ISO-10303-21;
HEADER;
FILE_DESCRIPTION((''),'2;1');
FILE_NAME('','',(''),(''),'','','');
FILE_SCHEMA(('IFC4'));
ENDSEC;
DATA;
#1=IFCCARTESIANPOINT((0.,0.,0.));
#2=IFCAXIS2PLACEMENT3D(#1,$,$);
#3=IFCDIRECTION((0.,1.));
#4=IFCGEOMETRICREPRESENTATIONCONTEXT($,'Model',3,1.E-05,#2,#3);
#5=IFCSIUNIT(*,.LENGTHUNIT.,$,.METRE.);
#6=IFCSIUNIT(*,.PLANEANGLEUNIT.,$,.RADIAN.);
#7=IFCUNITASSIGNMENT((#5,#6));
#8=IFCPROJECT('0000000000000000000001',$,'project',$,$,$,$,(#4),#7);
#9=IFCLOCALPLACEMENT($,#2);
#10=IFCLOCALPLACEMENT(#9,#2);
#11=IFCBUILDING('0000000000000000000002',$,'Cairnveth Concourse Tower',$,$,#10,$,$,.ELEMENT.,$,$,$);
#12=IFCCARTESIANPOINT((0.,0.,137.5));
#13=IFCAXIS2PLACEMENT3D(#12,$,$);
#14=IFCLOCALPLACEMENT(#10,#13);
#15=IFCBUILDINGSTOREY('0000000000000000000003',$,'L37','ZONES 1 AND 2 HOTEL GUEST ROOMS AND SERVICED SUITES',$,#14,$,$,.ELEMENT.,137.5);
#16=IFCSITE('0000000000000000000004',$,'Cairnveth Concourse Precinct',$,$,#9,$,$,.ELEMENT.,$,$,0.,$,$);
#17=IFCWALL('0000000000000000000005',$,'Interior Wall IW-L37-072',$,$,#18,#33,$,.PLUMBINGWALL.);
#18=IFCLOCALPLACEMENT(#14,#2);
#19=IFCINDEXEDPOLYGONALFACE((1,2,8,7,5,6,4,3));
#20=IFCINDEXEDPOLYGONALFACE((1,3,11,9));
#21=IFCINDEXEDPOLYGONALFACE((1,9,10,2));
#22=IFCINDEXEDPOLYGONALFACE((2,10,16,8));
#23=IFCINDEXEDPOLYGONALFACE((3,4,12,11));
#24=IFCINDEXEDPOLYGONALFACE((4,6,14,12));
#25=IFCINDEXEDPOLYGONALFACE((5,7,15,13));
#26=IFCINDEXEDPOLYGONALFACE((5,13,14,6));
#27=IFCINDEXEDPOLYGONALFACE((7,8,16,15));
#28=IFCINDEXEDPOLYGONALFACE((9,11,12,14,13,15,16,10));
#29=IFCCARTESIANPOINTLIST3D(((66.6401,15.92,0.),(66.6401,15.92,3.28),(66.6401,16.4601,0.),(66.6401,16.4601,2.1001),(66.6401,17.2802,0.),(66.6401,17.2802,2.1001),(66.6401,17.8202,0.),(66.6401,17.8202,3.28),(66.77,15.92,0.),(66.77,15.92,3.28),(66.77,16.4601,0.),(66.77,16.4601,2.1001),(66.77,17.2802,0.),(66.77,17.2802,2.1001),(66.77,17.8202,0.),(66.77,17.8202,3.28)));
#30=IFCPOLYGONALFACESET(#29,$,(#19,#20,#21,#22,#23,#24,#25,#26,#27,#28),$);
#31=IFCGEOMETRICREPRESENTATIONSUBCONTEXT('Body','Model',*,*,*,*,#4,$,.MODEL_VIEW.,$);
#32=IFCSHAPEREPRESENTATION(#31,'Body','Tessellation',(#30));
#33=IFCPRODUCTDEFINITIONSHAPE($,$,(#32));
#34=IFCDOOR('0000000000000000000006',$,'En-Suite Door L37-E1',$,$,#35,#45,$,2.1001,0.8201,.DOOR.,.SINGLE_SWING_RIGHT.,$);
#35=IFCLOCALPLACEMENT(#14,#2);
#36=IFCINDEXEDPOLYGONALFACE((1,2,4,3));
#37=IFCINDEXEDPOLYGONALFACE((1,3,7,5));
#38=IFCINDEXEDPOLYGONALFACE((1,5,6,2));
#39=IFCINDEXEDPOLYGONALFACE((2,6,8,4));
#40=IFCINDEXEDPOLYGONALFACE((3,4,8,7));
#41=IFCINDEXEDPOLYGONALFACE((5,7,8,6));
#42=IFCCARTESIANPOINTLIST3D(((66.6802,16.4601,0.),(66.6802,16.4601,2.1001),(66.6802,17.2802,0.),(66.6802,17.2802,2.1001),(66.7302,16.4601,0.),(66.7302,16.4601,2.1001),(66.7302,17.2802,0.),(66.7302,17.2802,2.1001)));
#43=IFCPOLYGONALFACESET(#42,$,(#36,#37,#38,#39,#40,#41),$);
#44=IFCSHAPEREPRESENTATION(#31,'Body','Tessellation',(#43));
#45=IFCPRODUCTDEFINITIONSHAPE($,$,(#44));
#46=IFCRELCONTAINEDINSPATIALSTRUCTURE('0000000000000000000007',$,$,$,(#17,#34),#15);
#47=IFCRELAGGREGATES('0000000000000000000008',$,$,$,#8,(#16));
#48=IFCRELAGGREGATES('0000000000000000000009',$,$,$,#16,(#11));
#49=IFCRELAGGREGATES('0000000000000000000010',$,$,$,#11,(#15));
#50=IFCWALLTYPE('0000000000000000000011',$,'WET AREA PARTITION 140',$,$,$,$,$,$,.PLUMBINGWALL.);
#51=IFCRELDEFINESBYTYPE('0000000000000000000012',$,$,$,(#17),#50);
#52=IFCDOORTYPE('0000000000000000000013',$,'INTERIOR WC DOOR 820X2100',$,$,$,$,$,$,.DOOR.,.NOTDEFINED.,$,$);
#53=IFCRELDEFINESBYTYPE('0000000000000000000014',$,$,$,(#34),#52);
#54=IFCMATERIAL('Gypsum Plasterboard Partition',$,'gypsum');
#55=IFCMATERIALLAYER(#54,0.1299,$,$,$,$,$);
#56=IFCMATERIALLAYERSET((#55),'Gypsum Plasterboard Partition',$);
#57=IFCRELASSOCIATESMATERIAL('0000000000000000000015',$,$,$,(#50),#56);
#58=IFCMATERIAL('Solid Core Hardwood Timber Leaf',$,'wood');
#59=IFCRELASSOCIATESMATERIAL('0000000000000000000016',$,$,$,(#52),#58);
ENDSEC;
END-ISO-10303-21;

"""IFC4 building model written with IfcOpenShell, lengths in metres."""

from ifc_helpers import new_model, si_unit, direction, frame, frame_2d, origin, place, context, subcontext, project, spatial, rectangle, extrude, material, layer, layer_set, type_object, element, fill, save


model = new_model("IFC4")

# Units and contexts
model_context = context("Model", 3, precision=1e-05, world=origin(), true_north=direction((0.0, 1.0)))
body_context = subcontext(model_context, "Body", "Model", "MODEL_VIEW")
ifc_project = project(units=[si_unit("LENGTHUNIT", "METRE"), si_unit("PLANEANGLEUNIT", "RADIAN")], contexts=[model_context])

# Site, building, storey
site_placement = place(None, origin())
site = spatial("IfcSite", under=ifc_project, at=site_placement, Name="Cairnveth Concourse Precinct", CompositionType="ELEMENT", RefElevation=0.0)
building_placement = place(site_placement, origin())
building = spatial("IfcBuilding", under=site, at=building_placement, Name="Cairnveth Concourse Tower", CompositionType="ELEMENT")
storey_placement = place(building_placement, frame((0.0, 0.0, 137.5)))
storey = spatial("IfcBuildingStorey", under=building, at=storey_placement, Name="L37", Description="ZONES 1 AND 2 HOTEL GUEST ROOMS AND SERVICED SUITES", CompositionType="ELEMENT", Elevation=137.5)

# Shared definitions
ifc_material_1 = material(Name="Gypsum Plasterboard Partition", Category="gypsum")
ifc_material_2 = material(Name="Solid Core Hardwood Timber Leaf", Category="wood")

# Shared definitions
ifc_layer_1 = layer(ifc_material_1, 0.1299)
ifc_layer_set_1 = layer_set([ifc_layer_1], Name="Gypsum Plasterboard Partition")
wall_type_1 = type_object("IfcWallType", Name="WET AREA PARTITION 140", PredefinedType="PLUMBINGWALL", material=ifc_layer_set_1)

# Wall, opening, door
wall_1_placement = place(storey_placement, frame((66.7051, 15.9199, 0.0), z_axis=(0.0, 0.0, 1.0), x_axis=(0.0, 1.0, 0.0)))
wall_1 = element("IfcWall", 1, at=wall_1_placement, inside=storey, type_object=wall_type_1, Name="Interior Wall IW-L37-072", PredefinedType="PLUMBINGWALL", context=body_context, shape_type="SweptSolid", body=[
    extrude(rectangle(XDim=1.9001, YDim=0.1299, at=frame_2d((0.9502, 0.0))), origin(), (0.0, 0.0, 1.0), 3.28),
])
opening_1_placement = place(wall_1_placement, frame((0.54, 0.0, 0.0)))
opening_1 = element("IfcOpeningElement", 2, at=opening_1_placement, cuts=wall_1, PredefinedType="OPENING", context=body_context, shape_type="SweptSolid", body=[
    extrude(rectangle(XDim=0.8201, YDim=2.1001, at=frame_2d((0.4102, 1.05))), frame((0.0, 0.075, 0.0), z_axis=(0.0, -1.0, 0.0), x_axis=(1.0, 0.0, 0.0)), (0.0, 0.0, 1.0), 0.1499),
])
door_type_1 = type_object("IfcDoorType", Name="INTERIOR WC DOOR 820X2100", OperationType="NOTDEFINED", PredefinedType="DOOR", material=ifc_material_2)
door_1_placement = place(opening_1_placement, origin())
door_1 = element("IfcDoor", 3, at=door_1_placement, inside=storey, type_object=door_type_1, Name="En-Suite Door L37-E1", OperationType="SINGLE_SWING_RIGHT", OverallHeight=2.1001, OverallWidth=0.8201, PredefinedType="DOOR", context=body_context, shape_type="SweptSolid", body=[
    extrude(rectangle(XDim=0.8201, YDim=2.1001, at=frame_2d((0.4102, 1.05))), frame((0.0, 0.0249, 0.0), z_axis=(0.0, -1.0, 0.0), x_axis=(1.0, 0.0, 0.0)), (0.0, 0.0, 1.0), 0.05),
])
fill(opening_1, door_1)

save(model, "model.ifc")
